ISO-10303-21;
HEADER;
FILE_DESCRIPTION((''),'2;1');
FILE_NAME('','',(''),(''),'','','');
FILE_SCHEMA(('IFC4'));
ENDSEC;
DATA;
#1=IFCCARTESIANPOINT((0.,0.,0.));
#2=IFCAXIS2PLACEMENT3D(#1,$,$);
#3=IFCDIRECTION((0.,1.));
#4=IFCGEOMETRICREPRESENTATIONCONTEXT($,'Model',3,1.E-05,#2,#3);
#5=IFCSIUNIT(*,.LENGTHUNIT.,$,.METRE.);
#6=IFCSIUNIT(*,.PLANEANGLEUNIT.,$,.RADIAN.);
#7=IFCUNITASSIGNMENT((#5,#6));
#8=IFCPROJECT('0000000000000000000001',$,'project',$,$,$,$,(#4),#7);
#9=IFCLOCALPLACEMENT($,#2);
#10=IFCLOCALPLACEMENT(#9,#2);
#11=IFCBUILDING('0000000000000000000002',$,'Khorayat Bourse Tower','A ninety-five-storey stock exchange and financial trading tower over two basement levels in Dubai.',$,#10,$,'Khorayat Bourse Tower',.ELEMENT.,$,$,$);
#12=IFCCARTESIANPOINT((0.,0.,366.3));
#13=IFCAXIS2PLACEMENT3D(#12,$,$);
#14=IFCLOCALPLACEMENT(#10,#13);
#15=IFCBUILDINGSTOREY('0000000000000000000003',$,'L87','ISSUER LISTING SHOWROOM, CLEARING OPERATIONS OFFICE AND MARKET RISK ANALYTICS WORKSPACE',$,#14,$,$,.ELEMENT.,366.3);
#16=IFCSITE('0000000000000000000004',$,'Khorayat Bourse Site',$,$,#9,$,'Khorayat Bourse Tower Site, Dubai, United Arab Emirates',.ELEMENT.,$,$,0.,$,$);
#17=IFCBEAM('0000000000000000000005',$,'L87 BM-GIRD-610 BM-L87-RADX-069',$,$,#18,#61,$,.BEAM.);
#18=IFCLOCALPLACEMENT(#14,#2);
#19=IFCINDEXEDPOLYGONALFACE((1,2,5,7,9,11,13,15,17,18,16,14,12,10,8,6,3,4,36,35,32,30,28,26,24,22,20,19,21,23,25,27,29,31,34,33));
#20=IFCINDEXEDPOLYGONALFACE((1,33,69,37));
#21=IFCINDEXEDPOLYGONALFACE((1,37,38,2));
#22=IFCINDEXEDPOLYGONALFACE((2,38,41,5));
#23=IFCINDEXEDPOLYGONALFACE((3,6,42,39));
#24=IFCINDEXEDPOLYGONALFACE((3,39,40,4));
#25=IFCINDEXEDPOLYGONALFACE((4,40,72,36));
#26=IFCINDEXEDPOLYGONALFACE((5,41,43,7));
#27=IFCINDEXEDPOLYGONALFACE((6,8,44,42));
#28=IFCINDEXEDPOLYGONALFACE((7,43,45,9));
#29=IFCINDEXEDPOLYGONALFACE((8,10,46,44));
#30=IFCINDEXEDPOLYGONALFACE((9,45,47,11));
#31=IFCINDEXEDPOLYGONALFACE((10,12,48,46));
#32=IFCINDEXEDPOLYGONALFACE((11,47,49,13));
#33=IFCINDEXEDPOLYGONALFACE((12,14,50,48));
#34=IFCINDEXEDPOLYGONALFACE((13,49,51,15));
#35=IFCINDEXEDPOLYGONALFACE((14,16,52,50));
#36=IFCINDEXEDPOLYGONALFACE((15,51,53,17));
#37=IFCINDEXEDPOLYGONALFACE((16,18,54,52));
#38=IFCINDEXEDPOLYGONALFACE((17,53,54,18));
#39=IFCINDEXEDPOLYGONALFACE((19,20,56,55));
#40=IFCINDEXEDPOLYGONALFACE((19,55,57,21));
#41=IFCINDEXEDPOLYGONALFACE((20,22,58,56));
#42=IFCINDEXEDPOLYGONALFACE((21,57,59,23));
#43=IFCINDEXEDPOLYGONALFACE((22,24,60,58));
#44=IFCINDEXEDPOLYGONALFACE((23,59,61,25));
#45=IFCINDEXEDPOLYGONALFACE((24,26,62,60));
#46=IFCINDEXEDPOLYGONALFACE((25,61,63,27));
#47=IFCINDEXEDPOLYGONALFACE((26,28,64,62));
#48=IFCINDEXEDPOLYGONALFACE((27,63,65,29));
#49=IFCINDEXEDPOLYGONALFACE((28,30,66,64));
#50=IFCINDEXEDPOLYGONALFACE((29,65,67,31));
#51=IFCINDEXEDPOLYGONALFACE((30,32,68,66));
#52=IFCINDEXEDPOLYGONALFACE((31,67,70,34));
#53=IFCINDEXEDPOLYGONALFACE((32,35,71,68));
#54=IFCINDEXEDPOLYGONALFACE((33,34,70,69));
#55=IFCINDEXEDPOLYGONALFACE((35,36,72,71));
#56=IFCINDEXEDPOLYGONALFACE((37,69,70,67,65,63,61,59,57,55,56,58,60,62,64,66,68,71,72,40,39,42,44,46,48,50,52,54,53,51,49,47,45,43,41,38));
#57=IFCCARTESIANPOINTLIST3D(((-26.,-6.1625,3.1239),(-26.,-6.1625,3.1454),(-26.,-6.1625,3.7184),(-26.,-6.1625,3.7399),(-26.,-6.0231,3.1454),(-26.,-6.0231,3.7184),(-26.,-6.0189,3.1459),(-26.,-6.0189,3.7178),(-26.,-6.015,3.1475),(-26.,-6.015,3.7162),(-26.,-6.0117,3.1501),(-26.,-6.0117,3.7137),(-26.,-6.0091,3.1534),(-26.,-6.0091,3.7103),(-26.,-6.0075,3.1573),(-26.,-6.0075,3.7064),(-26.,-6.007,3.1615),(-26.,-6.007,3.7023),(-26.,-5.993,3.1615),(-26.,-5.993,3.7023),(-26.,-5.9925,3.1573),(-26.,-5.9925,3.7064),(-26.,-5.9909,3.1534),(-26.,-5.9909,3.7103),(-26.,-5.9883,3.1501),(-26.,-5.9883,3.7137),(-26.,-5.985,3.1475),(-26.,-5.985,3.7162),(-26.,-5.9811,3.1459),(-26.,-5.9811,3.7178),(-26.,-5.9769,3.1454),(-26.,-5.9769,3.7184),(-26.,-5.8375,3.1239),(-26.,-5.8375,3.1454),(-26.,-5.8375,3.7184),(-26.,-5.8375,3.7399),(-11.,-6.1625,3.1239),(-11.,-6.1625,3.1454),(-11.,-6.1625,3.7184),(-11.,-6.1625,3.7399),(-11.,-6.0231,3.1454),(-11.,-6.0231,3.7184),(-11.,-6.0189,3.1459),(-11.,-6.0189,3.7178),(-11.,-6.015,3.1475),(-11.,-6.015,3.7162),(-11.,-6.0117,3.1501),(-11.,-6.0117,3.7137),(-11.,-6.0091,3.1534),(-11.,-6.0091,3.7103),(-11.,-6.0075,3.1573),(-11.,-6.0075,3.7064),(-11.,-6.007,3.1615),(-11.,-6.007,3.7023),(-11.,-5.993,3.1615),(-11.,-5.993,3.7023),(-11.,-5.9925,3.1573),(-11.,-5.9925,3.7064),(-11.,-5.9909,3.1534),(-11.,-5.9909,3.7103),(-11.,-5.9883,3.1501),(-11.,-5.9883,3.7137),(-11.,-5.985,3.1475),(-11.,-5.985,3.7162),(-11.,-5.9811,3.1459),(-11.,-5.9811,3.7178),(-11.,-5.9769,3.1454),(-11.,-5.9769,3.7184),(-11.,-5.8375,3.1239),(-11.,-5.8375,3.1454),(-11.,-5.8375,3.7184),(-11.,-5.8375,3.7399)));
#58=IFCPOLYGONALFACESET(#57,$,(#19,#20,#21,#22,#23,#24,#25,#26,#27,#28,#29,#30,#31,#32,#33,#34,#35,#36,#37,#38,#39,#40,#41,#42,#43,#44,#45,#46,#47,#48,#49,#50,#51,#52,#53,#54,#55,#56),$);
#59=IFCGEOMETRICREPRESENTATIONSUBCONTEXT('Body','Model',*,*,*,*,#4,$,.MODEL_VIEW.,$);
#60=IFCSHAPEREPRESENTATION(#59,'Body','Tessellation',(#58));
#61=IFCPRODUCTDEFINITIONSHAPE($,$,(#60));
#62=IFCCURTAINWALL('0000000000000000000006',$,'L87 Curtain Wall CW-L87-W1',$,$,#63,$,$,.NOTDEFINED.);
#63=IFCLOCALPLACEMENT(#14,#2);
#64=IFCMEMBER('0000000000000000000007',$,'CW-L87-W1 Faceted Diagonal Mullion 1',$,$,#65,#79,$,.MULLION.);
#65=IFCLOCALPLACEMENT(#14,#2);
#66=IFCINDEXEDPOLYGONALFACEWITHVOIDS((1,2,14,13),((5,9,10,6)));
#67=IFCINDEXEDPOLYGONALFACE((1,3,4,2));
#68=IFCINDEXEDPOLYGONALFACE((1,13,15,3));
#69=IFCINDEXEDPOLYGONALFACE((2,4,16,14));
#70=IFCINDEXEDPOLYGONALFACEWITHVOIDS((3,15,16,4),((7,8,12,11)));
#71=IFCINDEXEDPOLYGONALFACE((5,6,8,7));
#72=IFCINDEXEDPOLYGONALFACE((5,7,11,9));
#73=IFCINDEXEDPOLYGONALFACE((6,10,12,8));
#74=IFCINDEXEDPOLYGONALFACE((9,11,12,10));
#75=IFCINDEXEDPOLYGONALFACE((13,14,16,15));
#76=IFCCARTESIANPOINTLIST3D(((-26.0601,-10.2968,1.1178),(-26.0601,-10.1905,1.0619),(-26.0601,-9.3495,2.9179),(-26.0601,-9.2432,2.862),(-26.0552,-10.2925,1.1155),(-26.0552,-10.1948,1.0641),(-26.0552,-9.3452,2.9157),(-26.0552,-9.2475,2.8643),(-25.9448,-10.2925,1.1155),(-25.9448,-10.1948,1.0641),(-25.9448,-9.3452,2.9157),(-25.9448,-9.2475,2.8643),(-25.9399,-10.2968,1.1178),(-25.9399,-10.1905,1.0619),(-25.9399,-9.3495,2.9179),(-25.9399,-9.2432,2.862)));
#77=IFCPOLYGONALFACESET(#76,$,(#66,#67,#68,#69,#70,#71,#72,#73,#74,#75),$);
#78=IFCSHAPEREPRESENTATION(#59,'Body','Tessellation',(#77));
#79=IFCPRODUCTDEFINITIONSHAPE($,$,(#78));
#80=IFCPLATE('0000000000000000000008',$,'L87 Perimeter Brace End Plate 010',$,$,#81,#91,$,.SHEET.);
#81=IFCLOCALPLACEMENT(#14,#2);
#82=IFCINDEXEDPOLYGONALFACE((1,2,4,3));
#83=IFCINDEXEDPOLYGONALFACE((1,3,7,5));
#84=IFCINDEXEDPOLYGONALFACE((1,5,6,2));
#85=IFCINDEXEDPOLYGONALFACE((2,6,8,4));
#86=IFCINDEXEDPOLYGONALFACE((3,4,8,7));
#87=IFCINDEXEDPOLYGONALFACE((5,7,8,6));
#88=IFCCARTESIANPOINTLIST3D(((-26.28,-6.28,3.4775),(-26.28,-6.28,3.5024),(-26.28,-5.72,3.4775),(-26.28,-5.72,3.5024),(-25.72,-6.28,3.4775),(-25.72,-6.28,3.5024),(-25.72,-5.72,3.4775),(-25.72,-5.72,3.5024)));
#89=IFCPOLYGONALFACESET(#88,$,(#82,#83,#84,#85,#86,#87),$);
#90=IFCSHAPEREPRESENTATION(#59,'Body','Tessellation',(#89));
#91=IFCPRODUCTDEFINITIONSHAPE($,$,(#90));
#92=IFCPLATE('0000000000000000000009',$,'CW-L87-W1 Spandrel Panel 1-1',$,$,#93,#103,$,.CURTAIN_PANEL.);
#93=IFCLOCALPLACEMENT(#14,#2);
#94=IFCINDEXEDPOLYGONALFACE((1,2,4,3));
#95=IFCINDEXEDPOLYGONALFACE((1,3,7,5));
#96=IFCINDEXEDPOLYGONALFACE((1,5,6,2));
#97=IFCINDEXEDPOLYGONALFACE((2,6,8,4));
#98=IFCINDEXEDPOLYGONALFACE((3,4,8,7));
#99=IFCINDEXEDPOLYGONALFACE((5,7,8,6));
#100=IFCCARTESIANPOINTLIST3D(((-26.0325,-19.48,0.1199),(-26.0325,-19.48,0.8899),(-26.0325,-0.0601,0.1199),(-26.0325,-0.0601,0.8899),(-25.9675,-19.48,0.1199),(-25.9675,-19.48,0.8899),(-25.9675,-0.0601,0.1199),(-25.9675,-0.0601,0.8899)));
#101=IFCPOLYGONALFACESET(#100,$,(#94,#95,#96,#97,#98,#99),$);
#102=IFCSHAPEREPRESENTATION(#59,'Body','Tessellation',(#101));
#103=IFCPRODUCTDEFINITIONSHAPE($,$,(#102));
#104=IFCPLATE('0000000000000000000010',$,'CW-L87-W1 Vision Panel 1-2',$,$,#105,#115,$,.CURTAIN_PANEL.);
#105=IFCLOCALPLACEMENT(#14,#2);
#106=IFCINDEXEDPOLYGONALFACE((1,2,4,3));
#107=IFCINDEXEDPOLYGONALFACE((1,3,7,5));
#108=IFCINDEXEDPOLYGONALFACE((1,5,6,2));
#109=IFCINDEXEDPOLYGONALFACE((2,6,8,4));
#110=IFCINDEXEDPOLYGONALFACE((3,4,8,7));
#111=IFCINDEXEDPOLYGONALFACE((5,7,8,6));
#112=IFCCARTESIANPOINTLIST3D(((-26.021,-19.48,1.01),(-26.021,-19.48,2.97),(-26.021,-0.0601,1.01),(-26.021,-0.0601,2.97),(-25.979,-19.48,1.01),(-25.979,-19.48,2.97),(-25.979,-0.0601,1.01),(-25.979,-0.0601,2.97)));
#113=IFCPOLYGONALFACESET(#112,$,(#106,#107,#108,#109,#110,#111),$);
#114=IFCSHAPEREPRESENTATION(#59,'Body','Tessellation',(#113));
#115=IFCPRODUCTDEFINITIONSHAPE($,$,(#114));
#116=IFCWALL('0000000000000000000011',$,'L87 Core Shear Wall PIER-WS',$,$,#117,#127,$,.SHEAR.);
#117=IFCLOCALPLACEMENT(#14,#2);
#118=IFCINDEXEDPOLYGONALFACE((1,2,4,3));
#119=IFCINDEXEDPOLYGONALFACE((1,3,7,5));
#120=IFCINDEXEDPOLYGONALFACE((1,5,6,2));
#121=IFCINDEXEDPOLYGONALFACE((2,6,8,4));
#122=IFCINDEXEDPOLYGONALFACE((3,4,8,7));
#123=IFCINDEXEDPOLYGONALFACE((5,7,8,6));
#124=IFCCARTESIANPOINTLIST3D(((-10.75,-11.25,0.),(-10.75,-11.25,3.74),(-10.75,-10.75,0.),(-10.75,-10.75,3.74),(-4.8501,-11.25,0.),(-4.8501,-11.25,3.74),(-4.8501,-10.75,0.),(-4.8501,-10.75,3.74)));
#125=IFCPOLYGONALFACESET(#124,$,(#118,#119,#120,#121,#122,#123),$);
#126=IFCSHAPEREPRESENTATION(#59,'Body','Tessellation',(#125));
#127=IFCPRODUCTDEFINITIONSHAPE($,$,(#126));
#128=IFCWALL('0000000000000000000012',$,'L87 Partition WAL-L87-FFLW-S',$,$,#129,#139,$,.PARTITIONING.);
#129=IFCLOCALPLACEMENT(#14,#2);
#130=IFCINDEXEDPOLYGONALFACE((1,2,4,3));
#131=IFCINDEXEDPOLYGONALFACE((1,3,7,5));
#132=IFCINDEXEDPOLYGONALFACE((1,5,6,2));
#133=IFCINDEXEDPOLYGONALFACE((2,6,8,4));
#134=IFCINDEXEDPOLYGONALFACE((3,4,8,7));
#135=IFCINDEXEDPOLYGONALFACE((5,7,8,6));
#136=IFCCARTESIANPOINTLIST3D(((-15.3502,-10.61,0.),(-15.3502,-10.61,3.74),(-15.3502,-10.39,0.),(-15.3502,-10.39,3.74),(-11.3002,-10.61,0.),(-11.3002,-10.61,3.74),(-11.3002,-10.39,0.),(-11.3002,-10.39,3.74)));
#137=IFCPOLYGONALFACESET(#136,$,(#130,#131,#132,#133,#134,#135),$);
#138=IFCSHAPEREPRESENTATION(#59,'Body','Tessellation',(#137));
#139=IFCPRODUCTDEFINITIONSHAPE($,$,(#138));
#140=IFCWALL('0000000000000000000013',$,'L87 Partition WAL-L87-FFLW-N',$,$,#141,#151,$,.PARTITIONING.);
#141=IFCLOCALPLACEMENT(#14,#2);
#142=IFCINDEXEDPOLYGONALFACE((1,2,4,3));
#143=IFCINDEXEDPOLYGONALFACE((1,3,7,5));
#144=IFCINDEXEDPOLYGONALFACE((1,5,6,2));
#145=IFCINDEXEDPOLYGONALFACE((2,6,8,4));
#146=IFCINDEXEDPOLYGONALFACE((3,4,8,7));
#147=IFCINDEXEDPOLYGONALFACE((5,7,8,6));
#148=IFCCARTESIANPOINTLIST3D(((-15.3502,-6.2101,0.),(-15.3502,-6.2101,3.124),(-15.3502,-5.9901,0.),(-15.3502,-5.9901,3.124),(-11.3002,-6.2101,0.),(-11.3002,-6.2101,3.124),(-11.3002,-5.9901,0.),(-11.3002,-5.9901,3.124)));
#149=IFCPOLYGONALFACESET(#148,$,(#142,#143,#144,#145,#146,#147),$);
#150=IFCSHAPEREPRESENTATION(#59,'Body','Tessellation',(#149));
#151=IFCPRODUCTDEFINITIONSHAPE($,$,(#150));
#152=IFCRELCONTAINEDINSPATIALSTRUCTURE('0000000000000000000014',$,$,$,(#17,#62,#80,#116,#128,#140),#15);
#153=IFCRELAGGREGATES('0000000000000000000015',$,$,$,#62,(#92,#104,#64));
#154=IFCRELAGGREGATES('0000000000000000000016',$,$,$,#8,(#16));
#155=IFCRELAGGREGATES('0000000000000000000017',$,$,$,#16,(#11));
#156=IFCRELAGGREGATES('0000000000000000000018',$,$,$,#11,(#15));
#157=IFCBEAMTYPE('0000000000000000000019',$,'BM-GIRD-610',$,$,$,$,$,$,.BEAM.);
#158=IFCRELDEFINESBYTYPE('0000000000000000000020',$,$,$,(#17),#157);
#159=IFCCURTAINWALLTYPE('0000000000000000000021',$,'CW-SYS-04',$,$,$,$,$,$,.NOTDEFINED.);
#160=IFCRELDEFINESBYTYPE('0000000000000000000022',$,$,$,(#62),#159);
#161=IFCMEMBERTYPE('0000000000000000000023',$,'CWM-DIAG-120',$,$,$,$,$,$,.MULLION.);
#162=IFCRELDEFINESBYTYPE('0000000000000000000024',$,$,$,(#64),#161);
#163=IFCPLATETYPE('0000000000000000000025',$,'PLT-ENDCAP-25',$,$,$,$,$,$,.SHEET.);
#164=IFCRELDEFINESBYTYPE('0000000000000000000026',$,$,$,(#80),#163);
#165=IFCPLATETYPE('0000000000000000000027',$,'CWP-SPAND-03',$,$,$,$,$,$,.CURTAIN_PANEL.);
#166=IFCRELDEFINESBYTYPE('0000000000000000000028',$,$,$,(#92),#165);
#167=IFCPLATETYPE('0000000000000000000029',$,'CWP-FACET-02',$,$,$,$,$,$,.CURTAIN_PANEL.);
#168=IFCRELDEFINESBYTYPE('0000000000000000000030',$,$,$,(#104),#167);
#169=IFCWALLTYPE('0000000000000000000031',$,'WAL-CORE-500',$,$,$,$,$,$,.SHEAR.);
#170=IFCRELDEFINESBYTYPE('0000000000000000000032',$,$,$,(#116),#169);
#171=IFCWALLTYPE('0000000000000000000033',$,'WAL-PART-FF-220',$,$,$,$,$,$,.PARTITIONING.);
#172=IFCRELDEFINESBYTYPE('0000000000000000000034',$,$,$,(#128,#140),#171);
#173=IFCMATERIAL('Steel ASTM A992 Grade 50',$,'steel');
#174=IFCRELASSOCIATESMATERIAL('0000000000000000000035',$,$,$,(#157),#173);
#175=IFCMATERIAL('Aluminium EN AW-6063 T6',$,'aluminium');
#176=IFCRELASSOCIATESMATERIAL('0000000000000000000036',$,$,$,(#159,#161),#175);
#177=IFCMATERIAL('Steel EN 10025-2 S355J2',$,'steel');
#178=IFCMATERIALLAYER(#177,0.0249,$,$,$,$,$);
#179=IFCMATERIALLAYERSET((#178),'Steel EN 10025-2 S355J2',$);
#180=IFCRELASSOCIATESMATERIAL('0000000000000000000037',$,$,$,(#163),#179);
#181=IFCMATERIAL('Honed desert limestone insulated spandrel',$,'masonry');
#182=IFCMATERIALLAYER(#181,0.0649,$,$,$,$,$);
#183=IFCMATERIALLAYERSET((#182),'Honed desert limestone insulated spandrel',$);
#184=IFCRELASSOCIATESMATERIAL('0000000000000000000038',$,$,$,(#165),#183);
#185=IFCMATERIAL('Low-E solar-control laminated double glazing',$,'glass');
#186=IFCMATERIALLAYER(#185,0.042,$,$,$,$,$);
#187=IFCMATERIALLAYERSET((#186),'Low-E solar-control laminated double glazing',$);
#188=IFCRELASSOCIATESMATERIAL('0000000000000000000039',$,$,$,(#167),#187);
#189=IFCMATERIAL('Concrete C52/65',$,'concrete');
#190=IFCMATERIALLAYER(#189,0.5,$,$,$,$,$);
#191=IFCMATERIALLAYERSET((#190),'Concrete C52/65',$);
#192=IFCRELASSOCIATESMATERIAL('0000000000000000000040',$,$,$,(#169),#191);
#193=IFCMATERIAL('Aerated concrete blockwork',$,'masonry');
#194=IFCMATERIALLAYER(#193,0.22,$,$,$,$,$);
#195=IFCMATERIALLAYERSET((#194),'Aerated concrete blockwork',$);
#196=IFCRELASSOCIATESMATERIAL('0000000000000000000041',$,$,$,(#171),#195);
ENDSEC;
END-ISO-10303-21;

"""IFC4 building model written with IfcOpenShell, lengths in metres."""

from ifc_helpers import new_model, si_unit, direction, frame, frame_2d, origin, origin_2d, place, context, subcontext, project, spatial, rectangle, hollow_rectangle, i_section, extrude, source, transform, mapped, material, layer, layer_set, material_profile, profile_set, type_object, element, aggregate, save


model = new_model("IFC4")

# Units and contexts
model_context = context("Model", 3, precision=1e-05, world=origin(), true_north=direction((0.0, 1.0)))
body_context = subcontext(model_context, "Body", "Model", "MODEL_VIEW")
ifc_project = project(units=[si_unit("LENGTHUNIT", "METRE"), si_unit("PLANEANGLEUNIT", "RADIAN")], contexts=[model_context])

# Site, building, storey
site_placement = place(None, origin())
site = spatial("IfcSite", under=ifc_project, at=site_placement, Name="Khorayat Bourse Site", LongName="Khorayat Bourse Tower Site, Dubai, United Arab Emirates", CompositionType="ELEMENT", RefElevation=0.0)
building_placement = place(site_placement, origin())
building = spatial("IfcBuilding", under=site, at=building_placement, Name="Khorayat Bourse Tower", Description="A ninety-five-storey stock exchange and financial trading tower over two basement levels in Dubai.", LongName="Khorayat Bourse Tower", CompositionType="ELEMENT")
storey_placement = place(building_placement, frame((0.0, 0.0, 366.3)))
storey = spatial("IfcBuildingStorey", under=building, at=storey_placement, Name="L87", Description="ISSUER LISTING SHOWROOM, CLEARING OPERATIONS OFFICE AND MARKET RISK ANALYTICS WORKSPACE", CompositionType="ELEMENT", Elevation=366.3)

# Shared definitions
ifc_material_1 = material(Name="Concrete C52/65", Category="concrete")
ifc_material_2 = material(Name="Steel EN 10025-2 S355J2", Category="steel")

# Beam
ifc_material_3 = material(Name="Steel ASTM A992 Grade 50", Category="steel")
ifc_material_profile_1 = material_profile(ifc_material_3, i_section(OverallWidth=0.325, OverallDepth=0.616, WebThickness=0.0139, FlangeThickness=0.0215, FilletRadius=0.0161, at=origin_2d()), Name="W610X174")
ifc_profile_set_1 = profile_set([ifc_material_profile_1], Name="Steel ASTM A992 Grade 50")
beam_type_1 = type_object("IfcBeamType", Name="BM-GIRD-610", PredefinedType="BEAM", material=ifc_profile_set_1)
shared_shape_1 = source(origin(), body_context, "Body", "SweptSolid", [
    extrude(i_section(OverallWidth=0.325, OverallDepth=0.616, WebThickness=0.0139, FlangeThickness=0.0215, FilletRadius=0.0161, at=origin_2d()), origin(), (0.0, 0.0, 1.0), 15.0),
])
beam_1_placement = place(storey_placement, frame((-26.0, -6.0, 3.4319), z_axis=(1.0, 0.0, 0.0), x_axis=(0.0, 1.0, 0.0)))
element("IfcBeam", 1, at=beam_1_placement, inside=storey, type_object=beam_type_1, Name="L87 BM-GIRD-610 BM-L87-RADX-069", PredefinedType="BEAM", context=body_context, shape_type="MappedRepresentation", body=[
    mapped(shared_shape_1, transform((0.0, 0.0, 0.0), scale=1.0)),
])

# Curtain wall, member
ifc_material_4 = material(Name="Aluminium EN AW-6063 T6", Category="aluminium")
curtain_wall_type = type_object("IfcCurtainWallType", Name="CW-SYS-04", PredefinedType="NOTDEFINED", material=ifc_material_4)
curtain_wall_placement = place(storey_placement, origin())
curtain_wall = element("IfcCurtainWall", 2, at=curtain_wall_placement, inside=storey, type_object=curtain_wall_type, Name="L87 Curtain Wall CW-L87-W1", PredefinedType="NOTDEFINED")
ifc_material_profile_2 = material_profile(ifc_material_4, hollow_rectangle(XDim=0.1201, YDim=0.1201, WallThickness=0.0049, at=origin_2d()), Name="ALU 120x120x5")
ifc_profile_set_2 = profile_set([ifc_material_profile_2], Name="Aluminium EN AW-6063 T6")
member_type = type_object("IfcMemberType", Name="CWM-DIAG-120", PredefinedType="MULLION", material=ifc_profile_set_2)
shared_shape_2 = source(origin(), body_context, "Body", "SweptSolid", [
    extrude(hollow_rectangle(XDim=0.1201, YDim=0.1201, WallThickness=0.0049, at=origin_2d()), origin(), (0.0, 0.0, 1.0), 2.0342),
])
member_placement = place(storey_placement, frame((-26.0, -10.2437, 1.0898), z_axis=(0.0, 0.465697, 0.884944), x_axis=(-1.0, 0.0, 0.0)))
member = element("IfcMember", 3, at=member_placement, type_object=member_type, Name="CW-L87-W1 Faceted Diagonal Mullion 1", PredefinedType="MULLION", context=body_context, shape_type="MappedRepresentation", body=[
    mapped(shared_shape_2, transform((0.0, 0.0, 0.0), scale=1.0)),
])

# Plates
ifc_layer_1 = layer(ifc_material_2, 0.0249)
ifc_layer_set_1 = layer_set([ifc_layer_1], Name="Steel EN 10025-2 S355J2")
plate_type_1 = type_object("IfcPlateType", Name="PLT-ENDCAP-25", PredefinedType="SHEET", material=ifc_layer_set_1)
shared_shape_3 = source(origin(), body_context, "Body", "SweptSolid", [
    extrude(rectangle(XDim=0.5601, YDim=0.5601, at=origin_2d()), origin(), (0.0, 0.0, 1.0), 0.0249),
])
plate_1_placement = place(storey_placement, frame((-26.0, -6.0, 3.4775), z_axis=(0.0, 0.0, 1.0), x_axis=(1.0, 0.0, 0.0)))
element("IfcPlate", 4, at=plate_1_placement, inside=storey, type_object=plate_type_1, Name="L87 Perimeter Brace End Plate 010", PredefinedType="SHEET", context=body_context, shape_type="MappedRepresentation", body=[
    mapped(shared_shape_3, transform((0.0, 0.0, 0.0), scale=1.0)),
])
ifc_material_5 = material(Name="Honed desert limestone insulated spandrel", Category="masonry")
ifc_layer_2 = layer(ifc_material_5, 0.0649)
ifc_layer_set_2 = layer_set([ifc_layer_2], Name="Honed desert limestone insulated spandrel")
plate_type_2 = type_object("IfcPlateType", Name="CWP-SPAND-03", PredefinedType="CURTAIN_PANEL", material=ifc_layer_set_2)
shared_shape_4 = source(origin(), body_context, "Body", "SweptSolid", [
    extrude(rectangle(XDim=19.4199, YDim=0.0649, at=origin_2d()), origin(), (0.0, 0.0, 1.0), 0.77),
])
plate_2_placement = place(storey_placement, frame((-26.0, -9.77, 0.1199), z_axis=(0.0, 0.0, 1.0), x_axis=(0.0, 1.0, 0.0)))
plate_2 = element("IfcPlate", 5, at=plate_2_placement, type_object=plate_type_2, Name="CW-L87-W1 Spandrel Panel 1-1", PredefinedType="CURTAIN_PANEL", context=body_context, shape_type="MappedRepresentation", body=[
    mapped(shared_shape_4, transform((0.0, 0.0, 0.0), scale=1.0)),
])
ifc_material_6 = material(Name="Low-E solar-control laminated double glazing", Category="glass")
ifc_layer_3 = layer(ifc_material_6, 0.042)
ifc_layer_set_3 = layer_set([ifc_layer_3], Name="Low-E solar-control laminated double glazing")
plate_type_3 = type_object("IfcPlateType", Name="CWP-FACET-02", PredefinedType="CURTAIN_PANEL", material=ifc_layer_set_3)
shared_shape_5 = source(origin(), body_context, "Body", "SweptSolid", [
    extrude(rectangle(XDim=19.4199, YDim=0.042, at=origin_2d()), origin(), (0.0, 0.0, 1.0), 1.96),
])
plate_3_placement = place(storey_placement, frame((-26.0, -9.77, 1.01), z_axis=(0.0, 0.0, 1.0), x_axis=(0.0, 1.0, 0.0)))
plate_3 = element("IfcPlate", 6, at=plate_3_placement, type_object=plate_type_3, Name="CW-L87-W1 Vision Panel 1-2", PredefinedType="CURTAIN_PANEL", context=body_context, shape_type="MappedRepresentation", body=[
    mapped(shared_shape_5, transform((0.0, 0.0, 0.0), scale=1.0)),
])
aggregate(curtain_wall, [plate_2, plate_3, member])

# Walls
ifc_layer_4 = layer(ifc_material_1, 0.5)
ifc_layer_set_4 = layer_set([ifc_layer_4], Name="Concrete C52/65")
wall_type_1 = type_object("IfcWallType", Name="WAL-CORE-500", PredefinedType="SHEAR", material=ifc_layer_set_4)
shared_shape_6 = source(origin(), body_context, "Body", "SweptSolid", [
    extrude(rectangle(XDim=5.8999, YDim=0.5, at=frame_2d((2.95, 0.0))), origin(), (0.0, 0.0, 1.0), 3.74),
])
wall_1_placement = place(storey_placement, frame((-10.75, -11.0, 0.0), z_axis=(0.0, 0.0, 1.0), x_axis=(1.0, 0.0, 0.0)))
element("IfcWall", 7, at=wall_1_placement, inside=storey, type_object=wall_type_1, Name="L87 Core Shear Wall PIER-WS", PredefinedType="SHEAR", context=body_context, shape_type="MappedRepresentation", body=[
    mapped(shared_shape_6, transform((0.0, 0.0, 0.0), scale=1.0)),
])
ifc_material_7 = material(Name="Aerated concrete blockwork", Category="masonry")
ifc_layer_5 = layer(ifc_material_7, 0.22)
ifc_layer_set_5 = layer_set([ifc_layer_5], Name="Aerated concrete blockwork")
wall_type_2 = type_object("IfcWallType", Name="WAL-PART-FF-220", PredefinedType="PARTITIONING", material=ifc_layer_set_5)
shared_shape_7 = source(origin(), body_context, "Body", "SweptSolid", [
    extrude(rectangle(XDim=4.05, YDim=0.22, at=frame_2d((2.0249, 0.0))), origin(), (0.0, 0.0, 1.0), 3.74),
])
wall_2_placement = place(storey_placement, frame((-15.3501, -10.5, 0.0), z_axis=(0.0, 0.0, 1.0), x_axis=(1.0, 0.0, 0.0)))
element("IfcWall", 8, at=wall_2_placement, inside=storey, type_object=wall_type_2, Name="L87 Partition WAL-L87-FFLW-S", PredefinedType="PARTITIONING", context=body_context, shape_type="MappedRepresentation", body=[
    mapped(shared_shape_7, transform((0.0, 0.0, 0.0), scale=1.0)),
])
shared_shape_8 = source(origin(), body_context, "Body", "SweptSolid", [
    extrude(rectangle(XDim=4.05, YDim=0.22, at=frame_2d((2.0249, 0.0))), origin(), (0.0, 0.0, 1.0), 3.124),
])
wall_3_placement = place(storey_placement, frame((-15.3501, -6.1001, 0.0), z_axis=(0.0, 0.0, 1.0), x_axis=(1.0, 0.0, 0.0)))
element("IfcWall", 9, at=wall_3_placement, inside=storey, type_object=wall_type_2, Name="L87 Partition WAL-L87-FFLW-N", PredefinedType="PARTITIONING", context=body_context, shape_type="MappedRepresentation", body=[
    mapped(shared_shape_8, transform((0.0, 0.0, 0.0), scale=1.0)),
])

save(model, "model.ifc")
